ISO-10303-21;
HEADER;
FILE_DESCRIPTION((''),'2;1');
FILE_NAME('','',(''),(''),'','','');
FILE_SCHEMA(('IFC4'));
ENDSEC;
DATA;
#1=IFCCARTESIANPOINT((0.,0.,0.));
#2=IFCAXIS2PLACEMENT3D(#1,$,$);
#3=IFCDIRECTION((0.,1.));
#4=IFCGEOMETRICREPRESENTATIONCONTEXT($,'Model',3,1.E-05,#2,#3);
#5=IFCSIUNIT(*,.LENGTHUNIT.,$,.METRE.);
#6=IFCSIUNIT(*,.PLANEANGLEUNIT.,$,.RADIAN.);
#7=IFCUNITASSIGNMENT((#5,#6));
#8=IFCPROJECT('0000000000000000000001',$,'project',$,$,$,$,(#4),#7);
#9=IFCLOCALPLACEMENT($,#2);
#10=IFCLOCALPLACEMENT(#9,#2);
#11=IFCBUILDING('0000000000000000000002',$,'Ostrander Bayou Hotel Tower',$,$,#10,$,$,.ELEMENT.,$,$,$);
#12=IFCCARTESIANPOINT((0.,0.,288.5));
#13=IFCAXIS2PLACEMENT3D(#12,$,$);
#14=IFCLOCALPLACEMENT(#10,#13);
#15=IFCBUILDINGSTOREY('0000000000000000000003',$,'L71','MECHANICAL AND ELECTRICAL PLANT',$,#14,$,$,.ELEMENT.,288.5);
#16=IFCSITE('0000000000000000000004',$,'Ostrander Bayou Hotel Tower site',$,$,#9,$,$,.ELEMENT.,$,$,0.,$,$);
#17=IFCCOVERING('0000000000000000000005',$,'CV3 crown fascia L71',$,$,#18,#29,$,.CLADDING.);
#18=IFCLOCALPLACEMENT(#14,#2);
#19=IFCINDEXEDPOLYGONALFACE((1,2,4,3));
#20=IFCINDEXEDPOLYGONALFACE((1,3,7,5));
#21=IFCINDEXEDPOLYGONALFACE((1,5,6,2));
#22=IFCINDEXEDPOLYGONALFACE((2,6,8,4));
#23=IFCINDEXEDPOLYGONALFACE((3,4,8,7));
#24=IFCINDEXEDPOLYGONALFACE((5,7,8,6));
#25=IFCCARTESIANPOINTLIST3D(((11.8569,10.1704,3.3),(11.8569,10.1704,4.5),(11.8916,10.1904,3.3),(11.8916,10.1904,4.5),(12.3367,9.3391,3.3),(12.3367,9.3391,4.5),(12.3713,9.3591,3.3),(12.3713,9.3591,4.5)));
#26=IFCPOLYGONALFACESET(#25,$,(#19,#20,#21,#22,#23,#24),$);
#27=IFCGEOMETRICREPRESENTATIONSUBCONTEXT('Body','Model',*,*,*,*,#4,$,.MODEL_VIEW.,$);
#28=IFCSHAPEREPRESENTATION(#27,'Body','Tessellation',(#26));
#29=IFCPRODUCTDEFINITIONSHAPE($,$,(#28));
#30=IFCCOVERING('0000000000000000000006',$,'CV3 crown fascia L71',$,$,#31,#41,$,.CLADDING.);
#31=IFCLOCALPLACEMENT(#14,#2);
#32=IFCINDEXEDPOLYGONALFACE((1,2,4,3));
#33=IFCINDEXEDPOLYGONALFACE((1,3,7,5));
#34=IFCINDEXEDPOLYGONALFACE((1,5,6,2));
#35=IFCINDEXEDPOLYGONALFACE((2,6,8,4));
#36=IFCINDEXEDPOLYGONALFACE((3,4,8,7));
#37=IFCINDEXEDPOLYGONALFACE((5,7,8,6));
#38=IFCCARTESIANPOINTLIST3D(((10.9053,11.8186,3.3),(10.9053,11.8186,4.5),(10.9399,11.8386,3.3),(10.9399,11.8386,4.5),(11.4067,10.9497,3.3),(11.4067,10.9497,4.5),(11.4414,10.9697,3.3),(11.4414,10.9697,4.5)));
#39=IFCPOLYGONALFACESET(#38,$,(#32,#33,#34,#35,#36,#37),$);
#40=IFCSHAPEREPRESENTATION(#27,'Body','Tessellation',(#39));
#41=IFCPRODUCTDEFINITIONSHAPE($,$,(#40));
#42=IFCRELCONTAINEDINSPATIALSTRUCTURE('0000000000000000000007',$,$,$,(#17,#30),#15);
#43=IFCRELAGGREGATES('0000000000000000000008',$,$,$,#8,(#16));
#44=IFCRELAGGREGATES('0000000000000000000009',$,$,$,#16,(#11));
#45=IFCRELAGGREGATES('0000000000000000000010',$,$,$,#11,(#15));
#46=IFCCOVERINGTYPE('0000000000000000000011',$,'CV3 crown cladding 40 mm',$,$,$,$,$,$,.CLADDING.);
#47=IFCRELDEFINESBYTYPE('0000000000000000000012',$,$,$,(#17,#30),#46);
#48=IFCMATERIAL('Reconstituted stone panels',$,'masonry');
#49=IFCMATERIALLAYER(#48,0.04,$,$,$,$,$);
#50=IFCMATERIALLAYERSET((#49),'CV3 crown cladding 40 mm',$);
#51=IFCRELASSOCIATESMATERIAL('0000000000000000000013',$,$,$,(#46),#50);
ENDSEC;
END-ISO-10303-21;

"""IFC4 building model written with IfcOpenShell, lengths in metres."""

from ifc_helpers import new_model, si_unit, direction, frame, origin, place, context, subcontext, project, spatial, polyline, outline, extrude, material, layer, layer_set, type_object, element, save


model = new_model("IFC4")

# Units and contexts
model_context = context("Model", 3, precision=1e-05, world=origin(), true_north=direction((0.0, 1.0)))
body_context = subcontext(model_context, "Body", "Model", "MODEL_VIEW")
ifc_project = project(units=[si_unit("LENGTHUNIT", "METRE"), si_unit("PLANEANGLEUNIT", "RADIAN")], contexts=[model_context])

# Site, building, storey
site_placement = place(None, origin())
site = spatial("IfcSite", under=ifc_project, at=site_placement, Name="Ostrander Bayou Hotel Tower site", CompositionType="ELEMENT", RefElevation=0.0)
building_placement = place(site_placement, origin())
building = spatial("IfcBuilding", under=site, at=building_placement, Name="Ostrander Bayou Hotel Tower", CompositionType="ELEMENT")
storey_placement = place(building_placement, frame((0.0, 0.0, 288.5)))
storey = spatial("IfcBuildingStorey", under=building, at=storey_placement, Name="L71", Description="MECHANICAL AND ELECTRICAL PLANT", CompositionType="ELEMENT", Elevation=288.5)

# Coverings
ifc_material_1 = material(Name="Reconstituted stone panels", Category="masonry")
ifc_layer_1 = layer(ifc_material_1, 0.04)
ifc_layer_set_1 = layer_set([ifc_layer_1], Name="CV3 crown cladding 40 mm")
covering_type = type_object("IfcCoveringType", Name="CV3 crown cladding 40 mm", PredefinedType="CLADDING", material=ifc_layer_set_1)
covering_1_placement = place(storey_placement, frame((12.3713, 9.3591, 3.3), z_axis=(0.866122, 0.499833, 0.0), x_axis=(-0.499833, 0.866122, 0.0)))
element("IfcCovering", 1, at=covering_1_placement, inside=storey, type_object=covering_type, Name="CV3 crown fascia L71", PredefinedType="CLADDING", context=body_context, shape_type="SweptSolid", body=[
    extrude(outline(polyline([(0.0, 0.0), (0.9598, 0.0), (0.9598, 1.2), (0.0, 1.2), (0.0, 0.0)])), origin(), (0.0, 0.0, -1.0), 0.04),
])
covering_2_placement = place(storey_placement, frame((11.4414, 10.9697, 3.3), z_axis=(0.866109, 0.499856, 0.0), x_axis=(-0.499856, 0.866109, 0.0)))
element("IfcCovering", 2, at=covering_2_placement, inside=storey, type_object=covering_type, Name="CV3 crown fascia L71", PredefinedType="CLADDING", context=body_context, shape_type="SweptSolid", body=[
    extrude(outline(polyline([(0.0, 0.0), (1.0032, 0.0), (1.0032, 1.2), (0.0, 1.2), (0.0, 0.0)])), origin(), (0.0, 0.0, -1.0), 0.04),
])

save(model, "model.ifc")
